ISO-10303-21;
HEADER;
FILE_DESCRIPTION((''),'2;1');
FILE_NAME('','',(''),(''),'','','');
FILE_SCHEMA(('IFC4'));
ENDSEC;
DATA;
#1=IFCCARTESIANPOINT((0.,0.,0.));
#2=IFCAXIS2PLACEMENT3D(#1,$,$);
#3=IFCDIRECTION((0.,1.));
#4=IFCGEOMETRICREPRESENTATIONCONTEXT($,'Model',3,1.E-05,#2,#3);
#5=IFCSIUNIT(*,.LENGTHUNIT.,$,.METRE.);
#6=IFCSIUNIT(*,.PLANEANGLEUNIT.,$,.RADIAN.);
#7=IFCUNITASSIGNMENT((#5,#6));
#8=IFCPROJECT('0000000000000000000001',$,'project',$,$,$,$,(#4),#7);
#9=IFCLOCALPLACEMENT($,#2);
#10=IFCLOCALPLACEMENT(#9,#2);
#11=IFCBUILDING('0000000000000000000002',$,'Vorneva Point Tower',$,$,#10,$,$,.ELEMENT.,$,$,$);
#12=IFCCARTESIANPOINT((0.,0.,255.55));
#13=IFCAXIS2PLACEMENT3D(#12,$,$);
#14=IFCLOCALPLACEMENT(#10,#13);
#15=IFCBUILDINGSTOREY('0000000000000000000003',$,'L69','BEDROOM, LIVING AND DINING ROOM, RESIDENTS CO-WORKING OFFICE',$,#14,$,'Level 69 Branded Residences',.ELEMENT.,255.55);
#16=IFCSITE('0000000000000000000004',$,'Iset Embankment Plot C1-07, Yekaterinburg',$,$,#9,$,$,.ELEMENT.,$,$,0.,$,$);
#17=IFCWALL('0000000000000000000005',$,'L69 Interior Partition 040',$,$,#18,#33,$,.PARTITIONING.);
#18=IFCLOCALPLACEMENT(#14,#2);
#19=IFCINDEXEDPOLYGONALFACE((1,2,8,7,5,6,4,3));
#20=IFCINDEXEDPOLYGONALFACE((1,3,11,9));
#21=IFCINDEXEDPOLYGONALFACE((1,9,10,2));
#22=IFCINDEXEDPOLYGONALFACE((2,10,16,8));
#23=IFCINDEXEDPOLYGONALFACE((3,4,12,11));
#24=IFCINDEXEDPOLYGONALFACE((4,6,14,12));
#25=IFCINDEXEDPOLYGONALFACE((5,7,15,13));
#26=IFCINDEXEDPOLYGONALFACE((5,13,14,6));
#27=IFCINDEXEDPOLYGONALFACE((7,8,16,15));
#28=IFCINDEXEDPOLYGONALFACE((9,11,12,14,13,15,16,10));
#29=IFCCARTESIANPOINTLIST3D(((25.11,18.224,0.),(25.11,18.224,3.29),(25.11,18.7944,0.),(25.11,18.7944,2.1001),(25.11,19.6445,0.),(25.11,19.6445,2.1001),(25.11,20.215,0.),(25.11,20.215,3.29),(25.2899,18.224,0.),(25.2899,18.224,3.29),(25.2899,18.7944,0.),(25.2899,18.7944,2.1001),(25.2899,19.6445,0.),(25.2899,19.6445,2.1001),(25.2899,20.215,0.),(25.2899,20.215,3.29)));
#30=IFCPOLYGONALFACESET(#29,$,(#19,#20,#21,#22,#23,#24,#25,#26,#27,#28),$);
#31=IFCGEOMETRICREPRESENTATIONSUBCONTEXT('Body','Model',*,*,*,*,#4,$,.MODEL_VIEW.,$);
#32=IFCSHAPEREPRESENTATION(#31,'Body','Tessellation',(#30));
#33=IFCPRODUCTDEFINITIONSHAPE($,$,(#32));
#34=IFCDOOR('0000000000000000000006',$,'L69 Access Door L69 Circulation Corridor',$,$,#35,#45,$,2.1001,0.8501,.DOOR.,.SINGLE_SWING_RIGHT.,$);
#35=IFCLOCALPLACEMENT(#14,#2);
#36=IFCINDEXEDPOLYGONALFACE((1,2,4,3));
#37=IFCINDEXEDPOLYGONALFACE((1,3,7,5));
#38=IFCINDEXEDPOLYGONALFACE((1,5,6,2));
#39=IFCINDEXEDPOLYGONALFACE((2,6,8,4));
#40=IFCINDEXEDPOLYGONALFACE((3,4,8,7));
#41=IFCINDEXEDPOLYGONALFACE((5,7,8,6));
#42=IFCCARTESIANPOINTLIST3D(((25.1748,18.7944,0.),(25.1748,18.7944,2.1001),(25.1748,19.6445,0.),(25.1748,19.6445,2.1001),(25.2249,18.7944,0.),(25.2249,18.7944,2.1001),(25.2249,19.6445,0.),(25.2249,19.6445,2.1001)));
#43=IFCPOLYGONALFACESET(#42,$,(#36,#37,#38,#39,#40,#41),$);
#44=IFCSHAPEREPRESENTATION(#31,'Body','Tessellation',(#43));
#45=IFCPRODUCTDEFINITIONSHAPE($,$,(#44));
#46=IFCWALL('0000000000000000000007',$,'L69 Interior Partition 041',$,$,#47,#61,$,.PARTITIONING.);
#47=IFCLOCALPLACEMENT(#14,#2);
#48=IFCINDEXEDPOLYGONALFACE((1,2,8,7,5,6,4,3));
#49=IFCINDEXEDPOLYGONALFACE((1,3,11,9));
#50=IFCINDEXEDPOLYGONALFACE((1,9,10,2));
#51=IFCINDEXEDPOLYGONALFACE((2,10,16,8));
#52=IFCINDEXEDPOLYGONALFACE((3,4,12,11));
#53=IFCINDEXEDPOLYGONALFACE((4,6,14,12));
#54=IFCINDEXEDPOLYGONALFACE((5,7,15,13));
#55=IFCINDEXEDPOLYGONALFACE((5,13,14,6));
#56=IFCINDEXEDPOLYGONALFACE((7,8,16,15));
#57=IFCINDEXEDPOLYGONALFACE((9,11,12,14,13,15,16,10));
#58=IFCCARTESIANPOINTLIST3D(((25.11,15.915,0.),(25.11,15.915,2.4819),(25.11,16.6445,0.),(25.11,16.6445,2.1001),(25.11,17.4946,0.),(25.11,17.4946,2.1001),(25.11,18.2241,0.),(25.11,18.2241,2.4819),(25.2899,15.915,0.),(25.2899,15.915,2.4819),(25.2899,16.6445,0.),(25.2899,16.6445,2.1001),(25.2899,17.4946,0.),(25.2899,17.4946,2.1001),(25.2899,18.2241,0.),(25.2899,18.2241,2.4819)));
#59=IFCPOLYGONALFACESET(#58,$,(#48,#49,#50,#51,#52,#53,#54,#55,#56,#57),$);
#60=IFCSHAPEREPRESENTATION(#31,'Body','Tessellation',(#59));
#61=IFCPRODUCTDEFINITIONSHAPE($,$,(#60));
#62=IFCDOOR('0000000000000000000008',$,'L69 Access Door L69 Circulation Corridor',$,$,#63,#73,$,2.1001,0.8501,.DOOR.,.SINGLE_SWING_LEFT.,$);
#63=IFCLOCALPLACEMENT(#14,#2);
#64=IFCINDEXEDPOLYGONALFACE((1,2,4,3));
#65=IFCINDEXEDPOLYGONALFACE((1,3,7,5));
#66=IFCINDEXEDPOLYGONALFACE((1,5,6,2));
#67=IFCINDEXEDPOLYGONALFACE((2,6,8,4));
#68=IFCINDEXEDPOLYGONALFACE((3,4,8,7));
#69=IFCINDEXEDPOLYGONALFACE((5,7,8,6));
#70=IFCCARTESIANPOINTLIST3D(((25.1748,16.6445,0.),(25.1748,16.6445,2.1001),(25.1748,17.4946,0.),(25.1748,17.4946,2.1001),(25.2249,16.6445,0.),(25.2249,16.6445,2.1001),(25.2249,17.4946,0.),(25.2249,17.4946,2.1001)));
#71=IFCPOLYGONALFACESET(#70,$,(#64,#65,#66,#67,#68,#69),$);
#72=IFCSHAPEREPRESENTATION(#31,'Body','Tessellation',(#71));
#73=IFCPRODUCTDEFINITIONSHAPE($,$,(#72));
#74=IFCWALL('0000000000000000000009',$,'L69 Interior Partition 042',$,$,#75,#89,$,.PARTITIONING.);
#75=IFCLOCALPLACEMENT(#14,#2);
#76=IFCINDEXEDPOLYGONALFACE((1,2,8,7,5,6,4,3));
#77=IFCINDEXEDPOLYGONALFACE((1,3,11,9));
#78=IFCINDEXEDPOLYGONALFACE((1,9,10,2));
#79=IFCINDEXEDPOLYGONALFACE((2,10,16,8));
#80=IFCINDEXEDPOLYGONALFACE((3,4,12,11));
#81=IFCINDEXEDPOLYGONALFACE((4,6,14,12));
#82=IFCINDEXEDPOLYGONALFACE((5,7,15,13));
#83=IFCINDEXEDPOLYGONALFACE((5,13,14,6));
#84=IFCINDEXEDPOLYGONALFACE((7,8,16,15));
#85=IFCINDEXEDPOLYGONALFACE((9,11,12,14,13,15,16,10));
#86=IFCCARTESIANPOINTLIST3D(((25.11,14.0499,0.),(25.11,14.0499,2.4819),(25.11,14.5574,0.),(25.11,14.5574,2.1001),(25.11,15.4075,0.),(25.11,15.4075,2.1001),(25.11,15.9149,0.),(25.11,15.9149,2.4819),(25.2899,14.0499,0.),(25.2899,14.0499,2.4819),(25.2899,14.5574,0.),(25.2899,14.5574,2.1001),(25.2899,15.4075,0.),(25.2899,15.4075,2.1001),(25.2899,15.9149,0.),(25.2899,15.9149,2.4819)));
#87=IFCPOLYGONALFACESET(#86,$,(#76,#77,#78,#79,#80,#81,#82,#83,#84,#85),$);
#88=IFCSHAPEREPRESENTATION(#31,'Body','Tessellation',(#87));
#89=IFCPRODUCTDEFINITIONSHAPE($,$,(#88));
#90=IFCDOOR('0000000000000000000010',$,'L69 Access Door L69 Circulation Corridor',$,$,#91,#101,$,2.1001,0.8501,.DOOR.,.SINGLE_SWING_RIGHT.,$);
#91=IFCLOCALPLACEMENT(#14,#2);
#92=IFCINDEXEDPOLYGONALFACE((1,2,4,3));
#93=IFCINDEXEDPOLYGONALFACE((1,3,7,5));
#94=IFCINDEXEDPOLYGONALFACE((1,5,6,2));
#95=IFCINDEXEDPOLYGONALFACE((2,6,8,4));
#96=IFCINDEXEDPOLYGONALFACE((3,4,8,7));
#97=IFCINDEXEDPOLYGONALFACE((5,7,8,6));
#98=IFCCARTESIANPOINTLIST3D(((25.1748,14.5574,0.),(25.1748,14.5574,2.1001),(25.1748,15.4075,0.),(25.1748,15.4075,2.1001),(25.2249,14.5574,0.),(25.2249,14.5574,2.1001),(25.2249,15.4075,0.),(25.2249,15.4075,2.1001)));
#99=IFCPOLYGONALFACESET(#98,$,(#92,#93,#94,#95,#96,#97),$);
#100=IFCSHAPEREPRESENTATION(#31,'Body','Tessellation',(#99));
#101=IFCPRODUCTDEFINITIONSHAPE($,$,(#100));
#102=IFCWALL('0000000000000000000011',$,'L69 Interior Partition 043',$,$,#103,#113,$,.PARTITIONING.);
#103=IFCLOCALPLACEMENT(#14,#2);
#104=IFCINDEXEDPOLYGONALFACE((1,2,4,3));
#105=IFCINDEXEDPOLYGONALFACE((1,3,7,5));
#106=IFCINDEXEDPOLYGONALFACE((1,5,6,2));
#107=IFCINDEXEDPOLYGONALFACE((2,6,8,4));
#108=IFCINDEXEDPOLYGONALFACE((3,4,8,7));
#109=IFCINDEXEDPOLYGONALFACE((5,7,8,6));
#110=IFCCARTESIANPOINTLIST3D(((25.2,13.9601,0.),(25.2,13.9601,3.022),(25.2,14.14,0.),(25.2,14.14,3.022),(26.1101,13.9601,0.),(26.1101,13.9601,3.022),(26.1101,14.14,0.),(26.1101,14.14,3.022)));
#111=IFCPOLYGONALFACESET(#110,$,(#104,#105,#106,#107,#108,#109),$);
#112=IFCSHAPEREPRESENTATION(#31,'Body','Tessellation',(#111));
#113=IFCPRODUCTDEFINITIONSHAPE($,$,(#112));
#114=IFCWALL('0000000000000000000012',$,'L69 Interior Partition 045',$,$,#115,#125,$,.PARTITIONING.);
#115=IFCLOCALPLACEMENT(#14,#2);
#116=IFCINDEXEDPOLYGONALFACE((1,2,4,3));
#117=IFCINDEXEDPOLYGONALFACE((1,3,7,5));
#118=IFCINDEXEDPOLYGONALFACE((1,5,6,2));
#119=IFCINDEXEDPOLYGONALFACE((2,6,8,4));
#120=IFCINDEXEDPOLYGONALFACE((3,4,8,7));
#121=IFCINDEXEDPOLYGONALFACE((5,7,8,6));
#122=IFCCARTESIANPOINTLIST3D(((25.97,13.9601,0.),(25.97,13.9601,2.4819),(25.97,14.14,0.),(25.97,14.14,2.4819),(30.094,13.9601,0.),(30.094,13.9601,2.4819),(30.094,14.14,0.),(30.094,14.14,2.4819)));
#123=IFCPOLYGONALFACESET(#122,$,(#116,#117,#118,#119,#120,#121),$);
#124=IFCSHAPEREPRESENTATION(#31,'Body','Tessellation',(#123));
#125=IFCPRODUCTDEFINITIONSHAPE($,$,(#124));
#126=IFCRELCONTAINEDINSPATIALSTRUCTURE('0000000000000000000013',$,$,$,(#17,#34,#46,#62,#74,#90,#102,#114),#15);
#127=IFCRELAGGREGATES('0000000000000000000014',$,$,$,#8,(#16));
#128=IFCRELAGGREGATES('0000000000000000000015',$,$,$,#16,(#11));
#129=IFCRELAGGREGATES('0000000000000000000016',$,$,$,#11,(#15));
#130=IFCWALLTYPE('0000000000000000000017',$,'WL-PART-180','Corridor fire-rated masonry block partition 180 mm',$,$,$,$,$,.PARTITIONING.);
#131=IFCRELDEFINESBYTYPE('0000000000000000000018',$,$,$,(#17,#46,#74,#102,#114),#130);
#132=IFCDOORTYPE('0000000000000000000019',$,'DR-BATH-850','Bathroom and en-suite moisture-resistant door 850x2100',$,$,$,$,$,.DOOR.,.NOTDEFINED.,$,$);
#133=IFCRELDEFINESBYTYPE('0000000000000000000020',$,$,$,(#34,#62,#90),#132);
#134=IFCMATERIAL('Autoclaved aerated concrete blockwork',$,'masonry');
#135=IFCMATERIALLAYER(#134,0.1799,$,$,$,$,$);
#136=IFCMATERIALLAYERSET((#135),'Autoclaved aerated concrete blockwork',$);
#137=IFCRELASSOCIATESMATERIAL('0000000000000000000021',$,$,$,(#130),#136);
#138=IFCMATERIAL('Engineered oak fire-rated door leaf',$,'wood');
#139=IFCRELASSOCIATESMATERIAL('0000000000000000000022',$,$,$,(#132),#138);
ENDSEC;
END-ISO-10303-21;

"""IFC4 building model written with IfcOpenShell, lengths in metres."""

from ifc_helpers import new_model, si_unit, direction, frame, frame_2d, origin, place, context, subcontext, project, spatial, rectangle, extrude, material, layer, layer_set, type_object, element, fill, save


model = new_model("IFC4")

# Units and contexts
model_context = context("Model", 3, precision=1e-05, world=origin(), true_north=direction((0.0, 1.0)))
body_context = subcontext(model_context, "Body", "Model", "MODEL_VIEW")
ifc_project = project(units=[si_unit("LENGTHUNIT", "METRE"), si_unit("PLANEANGLEUNIT", "RADIAN")], contexts=[model_context])

# Site, building, storey
site_placement = place(None, origin())
site = spatial("IfcSite", under=ifc_project, at=site_placement, Name="Iset Embankment Plot C1-07, Yekaterinburg", CompositionType="ELEMENT", RefElevation=0.0)
building_placement = place(site_placement, origin())
building = spatial("IfcBuilding", under=site, at=building_placement, Name="Vorneva Point Tower", CompositionType="ELEMENT")
storey_placement = place(building_placement, frame((0.0, 0.0, 255.55)))
storey = spatial("IfcBuildingStorey", under=building, at=storey_placement, Name="L69", Description="BEDROOM, LIVING AND DINING ROOM, RESIDENTS CO-WORKING OFFICE", LongName="Level 69 Branded Residences", CompositionType="ELEMENT", Elevation=255.55)

# Shared definitions
ifc_material_1 = material(Name="Autoclaved aerated concrete blockwork", Category="masonry")
ifc_layer_1 = layer(ifc_material_1, 0.1799)
ifc_layer_set_1 = layer_set([ifc_layer_1], Name="Autoclaved aerated concrete blockwork")
wall_type_1 = type_object("IfcWallType", Name="WL-PART-180", Description="Corridor fire-rated masonry block partition 180 mm", PredefinedType="PARTITIONING", material=ifc_layer_set_1)

# Walls, openings, doors
ifc_material_2 = material(Name="Engineered oak fire-rated door leaf", Category="wood")
door_type = type_object("IfcDoorType", Name="DR-BATH-850", Description="Bathroom and en-suite moisture-resistant door 850x2100", OperationType="NOTDEFINED", PredefinedType="DOOR", material=ifc_material_2)
wall_1_placement = place(storey_placement, frame((25.2, 20.2151, 0.0), z_axis=(0.0, 0.0, 1.0), x_axis=(0.0, -1.0, 0.0)))
wall_1 = element("IfcWall", 1, at=wall_1_placement, inside=storey, type_object=wall_type_1, Name="L69 Interior Partition 040", PredefinedType="PARTITIONING", context=body_context, shape_type="SweptSolid", body=[
    extrude(rectangle(XDim=1.991, YDim=0.1799, at=frame_2d((0.9956, 0.0))), origin(), (0.0, 0.0, 1.0), 3.29),
])
opening_1_placement = place(wall_1_placement, frame((0.5706, 0.0, 0.0)))
opening_1 = element("IfcOpeningElement", 2, at=opening_1_placement, cuts=wall_1, PredefinedType="OPENING", context=body_context, shape_type="SweptSolid", body=[
    extrude(rectangle(XDim=0.8501, YDim=2.1001, at=frame_2d((0.425, 1.05))), frame((0.0, 0.105, 0.0), z_axis=(0.0, -1.0, 0.0), x_axis=(1.0, 0.0, 0.0)), (0.0, 0.0, 1.0), 0.2097),
])
door_1_placement = place(opening_1_placement, origin())
door_1 = element("IfcDoor", 3, at=door_1_placement, inside=storey, type_object=door_type, Name="L69 Access Door L69 Circulation Corridor", OperationType="SINGLE_SWING_RIGHT", OverallHeight=2.1001, OverallWidth=0.8501, PredefinedType="DOOR", context=body_context, shape_type="SweptSolid", body=[
    extrude(rectangle(XDim=0.8501, YDim=2.1001, at=frame_2d((0.425, 1.05))), frame((0.0, 0.0249, 0.0), z_axis=(0.0, -1.0, 0.0), x_axis=(1.0, 0.0, 0.0)), (0.0, 0.0, 1.0), 0.05),
])
fill(opening_1, door_1)
wall_2_placement = place(storey_placement, frame((25.2, 18.2241, 0.0), z_axis=(0.0, 0.0, 1.0), x_axis=(0.0, -1.0, 0.0)))
wall_2 = element("IfcWall", 4, at=wall_2_placement, inside=storey, type_object=wall_type_1, Name="L69 Interior Partition 041", PredefinedType="PARTITIONING", context=body_context, shape_type="SweptSolid", body=[
    extrude(rectangle(XDim=2.3091, YDim=0.1799, at=frame_2d((1.1545, 0.0))), origin(), (0.0, 0.0, 1.0), 2.4819),
])
opening_2_placement = place(wall_2_placement, frame((0.7295, 0.0, 0.0)))
opening_2 = element("IfcOpeningElement", 5, at=opening_2_placement, cuts=wall_2, PredefinedType="OPENING", context=body_context, shape_type="SweptSolid", body=[
    extrude(rectangle(XDim=0.8501, YDim=2.1001, at=frame_2d((0.425, 1.05))), frame((0.0, 0.105, 0.0), z_axis=(0.0, -1.0, 0.0), x_axis=(1.0, 0.0, 0.0)), (0.0, 0.0, 1.0), 0.2097),
])
door_2_placement = place(opening_2_placement, origin())
door_2 = element("IfcDoor", 6, at=door_2_placement, inside=storey, type_object=door_type, Name="L69 Access Door L69 Circulation Corridor", OperationType="SINGLE_SWING_LEFT", OverallHeight=2.1001, OverallWidth=0.8501, PredefinedType="DOOR", context=body_context, shape_type="SweptSolid", body=[
    extrude(rectangle(XDim=0.8501, YDim=2.1001, at=frame_2d((0.425, 1.05))), frame((0.0, 0.0249, 0.0), z_axis=(0.0, -1.0, 0.0), x_axis=(1.0, 0.0, 0.0)), (0.0, 0.0, 1.0), 0.05),
])
fill(opening_2, door_2)
wall_3_placement = place(storey_placement, frame((25.2, 15.915, 0.0), z_axis=(0.0, 0.0, 1.0), x_axis=(0.0, -1.0, 0.0)))
wall_3 = element("IfcWall", 7, at=wall_3_placement, inside=storey, type_object=wall_type_1, Name="L69 Interior Partition 042", PredefinedType="PARTITIONING", context=body_context, shape_type="SweptSolid", body=[
    extrude(rectangle(XDim=1.865, YDim=0.1799, at=frame_2d((0.9326, 0.0))), origin(), (0.0, 0.0, 1.0), 2.4819),
])
opening_3_placement = place(wall_3_placement, frame((0.5076, 0.0, 0.0)))
opening_3 = element("IfcOpeningElement", 8, at=opening_3_placement, cuts=wall_3, PredefinedType="OPENING", context=body_context, shape_type="SweptSolid", body=[
    extrude(rectangle(XDim=0.8501, YDim=2.1001, at=frame_2d((0.425, 1.05))), frame((0.0, 0.105, 0.0), z_axis=(0.0, -1.0, 0.0), x_axis=(1.0, 0.0, 0.0)), (0.0, 0.0, 1.0), 0.2097),
])
door_3_placement = place(opening_3_placement, origin())
door_3 = element("IfcDoor", 9, at=door_3_placement, inside=storey, type_object=door_type, Name="L69 Access Door L69 Circulation Corridor", OperationType="SINGLE_SWING_RIGHT", OverallHeight=2.1001, OverallWidth=0.8501, PredefinedType="DOOR", context=body_context, shape_type="SweptSolid", body=[
    extrude(rectangle(XDim=0.8501, YDim=2.1001, at=frame_2d((0.425, 1.05))), frame((0.0, 0.0249, 0.0), z_axis=(0.0, -1.0, 0.0), x_axis=(1.0, 0.0, 0.0)), (0.0, 0.0, 1.0), 0.05),
])
fill(opening_3, door_3)

# Walls
wall_4_placement = place(storey_placement, frame((25.2, 14.05, 0.0), z_axis=(0.0, 0.0, 1.0), x_axis=(1.0, 0.0, 0.0)))
element("IfcWall", 10, at=wall_4_placement, inside=storey, type_object=wall_type_1, Name="L69 Interior Partition 043", PredefinedType="PARTITIONING", context=body_context, shape_type="SweptSolid", body=[
    extrude(rectangle(XDim=0.9102, YDim=0.1799, at=frame_2d((0.4551, 0.0))), origin(), (0.0, 0.0, 1.0), 3.022),
])
wall_5_placement = place(storey_placement, frame((25.97, 14.05, 0.0), z_axis=(0.0, 0.0, 1.0), x_axis=(1.0, 0.0, 0.0)))
element("IfcWall", 11, at=wall_5_placement, inside=storey, type_object=wall_type_1, Name="L69 Interior Partition 045", PredefinedType="PARTITIONING", context=body_context, shape_type="SweptSolid", body=[
    extrude(rectangle(XDim=4.124, YDim=0.1799, at=frame_2d((2.062, 0.0))), origin(), (0.0, 0.0, 1.0), 2.4819),
])

save(model, "model.ifc")
